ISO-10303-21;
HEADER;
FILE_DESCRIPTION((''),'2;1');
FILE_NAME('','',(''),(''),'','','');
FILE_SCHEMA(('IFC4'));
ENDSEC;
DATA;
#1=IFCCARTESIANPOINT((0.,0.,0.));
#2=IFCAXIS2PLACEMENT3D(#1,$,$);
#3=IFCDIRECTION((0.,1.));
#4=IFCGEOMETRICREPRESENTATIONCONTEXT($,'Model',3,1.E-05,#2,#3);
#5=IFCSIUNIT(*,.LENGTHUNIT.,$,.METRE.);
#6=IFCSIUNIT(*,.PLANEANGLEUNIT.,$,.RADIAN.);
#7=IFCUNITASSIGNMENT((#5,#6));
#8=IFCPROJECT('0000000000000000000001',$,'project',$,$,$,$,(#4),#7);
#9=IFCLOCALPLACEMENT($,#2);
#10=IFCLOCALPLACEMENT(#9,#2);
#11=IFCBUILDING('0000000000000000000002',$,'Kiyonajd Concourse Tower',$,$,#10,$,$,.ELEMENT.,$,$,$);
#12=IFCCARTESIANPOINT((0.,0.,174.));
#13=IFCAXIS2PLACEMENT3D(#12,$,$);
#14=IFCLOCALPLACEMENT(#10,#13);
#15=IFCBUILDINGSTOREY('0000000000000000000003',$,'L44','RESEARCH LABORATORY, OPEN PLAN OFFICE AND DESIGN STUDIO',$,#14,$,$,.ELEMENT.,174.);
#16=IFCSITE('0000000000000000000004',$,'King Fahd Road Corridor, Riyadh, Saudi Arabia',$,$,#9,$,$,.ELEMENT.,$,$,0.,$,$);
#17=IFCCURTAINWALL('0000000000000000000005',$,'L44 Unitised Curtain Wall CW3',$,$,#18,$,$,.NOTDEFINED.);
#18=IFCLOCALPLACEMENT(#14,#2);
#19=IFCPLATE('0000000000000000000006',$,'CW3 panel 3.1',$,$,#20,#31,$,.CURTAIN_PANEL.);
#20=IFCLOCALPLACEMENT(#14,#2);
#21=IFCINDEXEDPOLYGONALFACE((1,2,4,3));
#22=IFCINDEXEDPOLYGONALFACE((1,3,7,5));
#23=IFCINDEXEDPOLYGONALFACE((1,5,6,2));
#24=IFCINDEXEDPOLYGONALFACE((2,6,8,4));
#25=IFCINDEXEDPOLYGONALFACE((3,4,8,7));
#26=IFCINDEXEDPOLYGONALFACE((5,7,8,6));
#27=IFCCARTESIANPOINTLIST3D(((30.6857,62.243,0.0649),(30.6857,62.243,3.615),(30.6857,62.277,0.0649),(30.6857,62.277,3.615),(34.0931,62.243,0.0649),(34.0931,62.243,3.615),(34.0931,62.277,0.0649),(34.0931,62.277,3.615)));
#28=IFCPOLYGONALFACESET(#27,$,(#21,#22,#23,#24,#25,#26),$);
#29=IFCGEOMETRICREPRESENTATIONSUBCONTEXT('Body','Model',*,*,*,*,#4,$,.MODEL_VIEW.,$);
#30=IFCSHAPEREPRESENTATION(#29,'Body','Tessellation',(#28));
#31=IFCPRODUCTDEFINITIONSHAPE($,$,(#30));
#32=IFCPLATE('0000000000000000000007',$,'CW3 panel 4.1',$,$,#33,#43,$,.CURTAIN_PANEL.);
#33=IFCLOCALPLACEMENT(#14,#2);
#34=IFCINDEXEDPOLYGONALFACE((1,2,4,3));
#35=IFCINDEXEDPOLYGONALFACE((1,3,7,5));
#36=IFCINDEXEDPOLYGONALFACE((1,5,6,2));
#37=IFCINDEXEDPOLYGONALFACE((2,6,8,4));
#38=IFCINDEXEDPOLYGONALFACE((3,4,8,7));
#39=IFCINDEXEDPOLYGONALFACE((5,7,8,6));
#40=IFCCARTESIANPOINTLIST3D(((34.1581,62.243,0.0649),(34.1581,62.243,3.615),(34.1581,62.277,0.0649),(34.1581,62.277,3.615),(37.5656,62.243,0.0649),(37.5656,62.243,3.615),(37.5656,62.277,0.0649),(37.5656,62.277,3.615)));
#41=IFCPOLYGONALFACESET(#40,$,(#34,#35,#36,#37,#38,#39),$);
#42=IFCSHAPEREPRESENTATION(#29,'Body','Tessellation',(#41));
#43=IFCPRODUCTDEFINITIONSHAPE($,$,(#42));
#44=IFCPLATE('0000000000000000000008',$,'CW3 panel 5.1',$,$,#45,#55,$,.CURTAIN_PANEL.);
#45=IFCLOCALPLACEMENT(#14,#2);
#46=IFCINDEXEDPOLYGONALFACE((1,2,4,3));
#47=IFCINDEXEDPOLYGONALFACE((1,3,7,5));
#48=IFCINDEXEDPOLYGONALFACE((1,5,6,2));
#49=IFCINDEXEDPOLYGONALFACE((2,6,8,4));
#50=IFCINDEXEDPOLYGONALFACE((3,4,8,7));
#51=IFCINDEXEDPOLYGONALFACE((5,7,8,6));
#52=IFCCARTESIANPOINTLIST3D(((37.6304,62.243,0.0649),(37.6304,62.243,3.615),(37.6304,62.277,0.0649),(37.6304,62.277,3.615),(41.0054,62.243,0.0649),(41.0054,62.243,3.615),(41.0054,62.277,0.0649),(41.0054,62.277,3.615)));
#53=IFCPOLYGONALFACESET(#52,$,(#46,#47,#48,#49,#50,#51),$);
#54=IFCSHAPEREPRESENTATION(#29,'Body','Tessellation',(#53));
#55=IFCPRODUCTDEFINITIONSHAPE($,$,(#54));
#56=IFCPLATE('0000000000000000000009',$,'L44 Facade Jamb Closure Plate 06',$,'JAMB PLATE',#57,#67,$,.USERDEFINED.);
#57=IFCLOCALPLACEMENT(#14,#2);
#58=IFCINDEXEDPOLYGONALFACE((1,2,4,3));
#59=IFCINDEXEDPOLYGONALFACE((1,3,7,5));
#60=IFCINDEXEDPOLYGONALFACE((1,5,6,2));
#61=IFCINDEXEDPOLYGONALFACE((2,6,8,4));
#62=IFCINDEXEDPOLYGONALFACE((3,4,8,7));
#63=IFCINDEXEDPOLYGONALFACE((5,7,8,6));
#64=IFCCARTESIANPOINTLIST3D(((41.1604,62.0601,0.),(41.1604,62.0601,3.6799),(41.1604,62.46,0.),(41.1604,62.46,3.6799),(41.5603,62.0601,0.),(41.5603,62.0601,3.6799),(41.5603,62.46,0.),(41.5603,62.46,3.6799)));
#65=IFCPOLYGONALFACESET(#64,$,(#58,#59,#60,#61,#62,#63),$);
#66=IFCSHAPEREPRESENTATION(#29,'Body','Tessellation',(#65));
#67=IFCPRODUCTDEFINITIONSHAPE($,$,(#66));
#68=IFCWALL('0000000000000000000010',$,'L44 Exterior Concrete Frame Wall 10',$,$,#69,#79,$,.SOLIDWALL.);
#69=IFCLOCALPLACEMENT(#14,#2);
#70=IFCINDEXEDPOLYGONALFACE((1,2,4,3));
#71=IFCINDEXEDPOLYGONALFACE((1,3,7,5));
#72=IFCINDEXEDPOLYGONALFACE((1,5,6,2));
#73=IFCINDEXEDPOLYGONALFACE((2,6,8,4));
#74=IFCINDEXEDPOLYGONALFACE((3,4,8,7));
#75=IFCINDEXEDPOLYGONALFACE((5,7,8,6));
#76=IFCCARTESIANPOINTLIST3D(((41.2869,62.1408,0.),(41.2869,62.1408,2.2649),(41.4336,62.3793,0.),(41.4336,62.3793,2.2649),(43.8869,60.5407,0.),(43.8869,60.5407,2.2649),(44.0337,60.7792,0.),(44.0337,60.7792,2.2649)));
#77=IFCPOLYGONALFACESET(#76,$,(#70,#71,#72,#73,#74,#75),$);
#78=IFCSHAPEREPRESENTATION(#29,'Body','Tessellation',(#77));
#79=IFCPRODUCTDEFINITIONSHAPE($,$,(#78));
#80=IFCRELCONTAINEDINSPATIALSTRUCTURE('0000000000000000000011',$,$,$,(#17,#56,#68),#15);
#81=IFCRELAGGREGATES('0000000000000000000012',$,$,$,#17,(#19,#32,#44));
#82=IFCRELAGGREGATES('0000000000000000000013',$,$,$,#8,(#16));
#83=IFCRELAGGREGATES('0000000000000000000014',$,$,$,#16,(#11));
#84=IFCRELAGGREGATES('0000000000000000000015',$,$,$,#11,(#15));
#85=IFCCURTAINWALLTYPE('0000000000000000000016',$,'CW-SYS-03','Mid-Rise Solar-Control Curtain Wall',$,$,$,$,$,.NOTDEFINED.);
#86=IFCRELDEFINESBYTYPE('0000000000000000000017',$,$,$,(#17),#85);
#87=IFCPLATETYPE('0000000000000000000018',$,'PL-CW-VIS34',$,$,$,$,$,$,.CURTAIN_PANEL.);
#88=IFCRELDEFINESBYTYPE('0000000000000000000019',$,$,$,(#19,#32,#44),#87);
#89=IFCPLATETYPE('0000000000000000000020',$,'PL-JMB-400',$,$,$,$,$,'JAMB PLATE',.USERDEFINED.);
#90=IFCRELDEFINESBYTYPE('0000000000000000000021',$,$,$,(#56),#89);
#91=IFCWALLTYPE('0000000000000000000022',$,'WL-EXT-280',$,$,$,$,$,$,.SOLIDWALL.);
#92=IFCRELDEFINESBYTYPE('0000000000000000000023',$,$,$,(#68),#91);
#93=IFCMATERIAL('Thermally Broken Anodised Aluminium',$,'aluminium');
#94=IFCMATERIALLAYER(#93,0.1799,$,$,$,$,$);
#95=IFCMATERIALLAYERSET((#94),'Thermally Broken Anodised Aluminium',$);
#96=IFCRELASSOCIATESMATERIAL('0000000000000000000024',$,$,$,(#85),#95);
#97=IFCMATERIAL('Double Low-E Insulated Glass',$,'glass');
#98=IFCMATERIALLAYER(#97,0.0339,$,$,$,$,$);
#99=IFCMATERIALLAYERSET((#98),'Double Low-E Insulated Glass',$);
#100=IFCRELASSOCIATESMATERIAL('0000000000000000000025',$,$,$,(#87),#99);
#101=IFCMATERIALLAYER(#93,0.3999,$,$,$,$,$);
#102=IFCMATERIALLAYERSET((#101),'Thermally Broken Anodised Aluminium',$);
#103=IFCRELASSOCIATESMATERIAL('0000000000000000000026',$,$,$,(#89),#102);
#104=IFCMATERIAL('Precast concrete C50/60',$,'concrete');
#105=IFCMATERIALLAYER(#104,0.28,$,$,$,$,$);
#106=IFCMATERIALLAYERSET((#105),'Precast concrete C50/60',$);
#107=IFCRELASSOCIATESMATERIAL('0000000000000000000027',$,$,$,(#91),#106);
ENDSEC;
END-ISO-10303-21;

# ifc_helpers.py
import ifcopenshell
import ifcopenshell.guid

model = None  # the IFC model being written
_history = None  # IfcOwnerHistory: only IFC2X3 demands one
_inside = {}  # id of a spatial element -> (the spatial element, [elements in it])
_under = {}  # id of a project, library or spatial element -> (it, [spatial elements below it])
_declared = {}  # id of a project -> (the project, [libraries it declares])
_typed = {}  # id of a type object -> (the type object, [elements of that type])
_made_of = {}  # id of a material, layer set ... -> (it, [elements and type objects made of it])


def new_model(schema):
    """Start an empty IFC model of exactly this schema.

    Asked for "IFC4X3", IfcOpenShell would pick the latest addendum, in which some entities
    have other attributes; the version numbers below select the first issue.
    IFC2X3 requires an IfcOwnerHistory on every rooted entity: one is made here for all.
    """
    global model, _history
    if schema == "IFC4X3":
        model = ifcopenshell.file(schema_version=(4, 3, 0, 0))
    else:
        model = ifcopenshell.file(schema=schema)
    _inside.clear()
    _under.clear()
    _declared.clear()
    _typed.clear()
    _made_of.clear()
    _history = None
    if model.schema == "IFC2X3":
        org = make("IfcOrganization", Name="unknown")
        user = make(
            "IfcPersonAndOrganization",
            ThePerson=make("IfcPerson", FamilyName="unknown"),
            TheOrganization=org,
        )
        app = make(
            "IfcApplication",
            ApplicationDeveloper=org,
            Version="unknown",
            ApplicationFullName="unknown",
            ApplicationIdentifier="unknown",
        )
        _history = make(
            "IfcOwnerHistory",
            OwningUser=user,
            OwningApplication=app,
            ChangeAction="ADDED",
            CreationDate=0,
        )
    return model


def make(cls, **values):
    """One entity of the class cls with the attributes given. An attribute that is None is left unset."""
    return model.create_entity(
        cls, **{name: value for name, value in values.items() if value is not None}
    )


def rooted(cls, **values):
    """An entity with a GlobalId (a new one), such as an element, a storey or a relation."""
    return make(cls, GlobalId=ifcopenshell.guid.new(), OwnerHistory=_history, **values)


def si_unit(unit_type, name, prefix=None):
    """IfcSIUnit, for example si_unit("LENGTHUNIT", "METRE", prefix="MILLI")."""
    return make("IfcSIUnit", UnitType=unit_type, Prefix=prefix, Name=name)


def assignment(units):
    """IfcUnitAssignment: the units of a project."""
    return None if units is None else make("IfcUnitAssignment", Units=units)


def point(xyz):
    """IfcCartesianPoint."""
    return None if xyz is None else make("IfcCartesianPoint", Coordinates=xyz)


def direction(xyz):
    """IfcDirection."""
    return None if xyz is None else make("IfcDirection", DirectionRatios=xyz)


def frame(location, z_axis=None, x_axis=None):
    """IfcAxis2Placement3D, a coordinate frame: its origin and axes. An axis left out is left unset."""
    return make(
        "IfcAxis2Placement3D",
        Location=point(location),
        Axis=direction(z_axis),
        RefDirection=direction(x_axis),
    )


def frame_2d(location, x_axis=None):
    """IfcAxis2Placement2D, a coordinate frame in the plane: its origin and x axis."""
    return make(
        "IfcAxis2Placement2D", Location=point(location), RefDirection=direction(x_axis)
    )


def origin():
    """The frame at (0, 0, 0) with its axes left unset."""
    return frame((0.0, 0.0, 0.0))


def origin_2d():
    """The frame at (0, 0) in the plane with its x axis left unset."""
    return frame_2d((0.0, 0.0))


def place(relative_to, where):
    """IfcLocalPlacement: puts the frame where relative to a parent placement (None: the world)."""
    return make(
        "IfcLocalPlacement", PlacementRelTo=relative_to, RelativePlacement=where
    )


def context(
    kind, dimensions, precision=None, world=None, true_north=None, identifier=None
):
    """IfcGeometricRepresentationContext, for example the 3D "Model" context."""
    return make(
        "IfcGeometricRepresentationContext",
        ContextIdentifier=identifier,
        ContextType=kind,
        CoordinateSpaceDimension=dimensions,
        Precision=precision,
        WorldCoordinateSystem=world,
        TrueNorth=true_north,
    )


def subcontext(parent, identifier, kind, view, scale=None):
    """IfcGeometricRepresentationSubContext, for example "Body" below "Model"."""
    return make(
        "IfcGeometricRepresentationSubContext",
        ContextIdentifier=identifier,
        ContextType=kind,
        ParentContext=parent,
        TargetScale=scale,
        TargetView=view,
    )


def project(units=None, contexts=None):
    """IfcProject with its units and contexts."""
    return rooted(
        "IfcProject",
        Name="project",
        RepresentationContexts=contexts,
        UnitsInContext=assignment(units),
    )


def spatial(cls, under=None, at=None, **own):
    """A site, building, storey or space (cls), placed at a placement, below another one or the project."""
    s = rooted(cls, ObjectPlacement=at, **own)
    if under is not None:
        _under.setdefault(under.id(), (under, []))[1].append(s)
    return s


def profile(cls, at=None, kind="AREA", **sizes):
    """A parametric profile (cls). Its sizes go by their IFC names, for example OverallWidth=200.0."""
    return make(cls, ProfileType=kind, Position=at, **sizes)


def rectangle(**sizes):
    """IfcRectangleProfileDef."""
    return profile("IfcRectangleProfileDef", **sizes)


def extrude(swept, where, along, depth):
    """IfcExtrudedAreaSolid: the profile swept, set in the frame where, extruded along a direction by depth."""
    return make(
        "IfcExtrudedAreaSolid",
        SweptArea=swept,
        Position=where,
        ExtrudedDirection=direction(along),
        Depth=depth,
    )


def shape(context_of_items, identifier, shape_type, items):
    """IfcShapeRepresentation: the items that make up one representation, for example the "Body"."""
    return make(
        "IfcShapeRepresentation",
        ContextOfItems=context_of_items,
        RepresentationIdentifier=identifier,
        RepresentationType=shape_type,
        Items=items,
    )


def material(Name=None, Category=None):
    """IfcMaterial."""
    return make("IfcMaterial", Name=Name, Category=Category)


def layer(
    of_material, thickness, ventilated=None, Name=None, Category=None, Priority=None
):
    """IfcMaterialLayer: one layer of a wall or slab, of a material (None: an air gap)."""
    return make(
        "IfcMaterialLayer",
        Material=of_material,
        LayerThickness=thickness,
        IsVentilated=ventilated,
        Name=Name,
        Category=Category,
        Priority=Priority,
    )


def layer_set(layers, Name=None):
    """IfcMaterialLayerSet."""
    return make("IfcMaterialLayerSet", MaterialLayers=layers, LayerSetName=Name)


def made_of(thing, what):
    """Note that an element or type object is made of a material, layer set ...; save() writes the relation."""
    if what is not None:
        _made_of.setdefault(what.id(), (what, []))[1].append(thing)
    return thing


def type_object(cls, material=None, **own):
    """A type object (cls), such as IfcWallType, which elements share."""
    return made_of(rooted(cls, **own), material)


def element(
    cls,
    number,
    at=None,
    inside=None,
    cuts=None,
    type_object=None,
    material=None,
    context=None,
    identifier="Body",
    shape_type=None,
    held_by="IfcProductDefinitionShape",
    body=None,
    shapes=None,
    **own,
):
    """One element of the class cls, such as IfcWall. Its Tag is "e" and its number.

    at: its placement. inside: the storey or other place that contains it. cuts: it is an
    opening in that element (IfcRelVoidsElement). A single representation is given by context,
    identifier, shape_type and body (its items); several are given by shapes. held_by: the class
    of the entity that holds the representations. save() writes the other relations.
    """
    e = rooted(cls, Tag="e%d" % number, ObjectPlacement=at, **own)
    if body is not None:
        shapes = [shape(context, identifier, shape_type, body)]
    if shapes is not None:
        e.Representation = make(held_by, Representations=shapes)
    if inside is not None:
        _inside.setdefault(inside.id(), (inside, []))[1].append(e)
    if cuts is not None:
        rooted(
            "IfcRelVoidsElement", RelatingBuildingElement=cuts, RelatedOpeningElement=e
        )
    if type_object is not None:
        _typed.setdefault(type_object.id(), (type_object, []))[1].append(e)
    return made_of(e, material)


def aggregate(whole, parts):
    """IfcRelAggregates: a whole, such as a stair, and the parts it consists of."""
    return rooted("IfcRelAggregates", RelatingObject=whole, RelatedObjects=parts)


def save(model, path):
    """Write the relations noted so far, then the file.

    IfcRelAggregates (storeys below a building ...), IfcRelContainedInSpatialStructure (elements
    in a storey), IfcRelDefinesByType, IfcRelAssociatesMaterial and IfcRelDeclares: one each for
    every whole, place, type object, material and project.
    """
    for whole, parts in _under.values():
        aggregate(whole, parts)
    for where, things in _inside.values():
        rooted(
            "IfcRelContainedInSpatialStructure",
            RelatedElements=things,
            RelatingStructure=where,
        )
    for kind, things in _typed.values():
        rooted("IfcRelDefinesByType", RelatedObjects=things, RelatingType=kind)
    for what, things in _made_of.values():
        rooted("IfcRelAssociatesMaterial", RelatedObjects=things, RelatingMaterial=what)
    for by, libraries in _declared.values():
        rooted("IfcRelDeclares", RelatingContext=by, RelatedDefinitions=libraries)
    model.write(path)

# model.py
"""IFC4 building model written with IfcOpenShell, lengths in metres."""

from ifc_helpers import new_model, si_unit, direction, frame, frame_2d, origin, origin_2d, place, context, subcontext, project, spatial, rectangle, extrude, material, layer, layer_set, type_object, element, aggregate, save


model = new_model("IFC4")

# Units and contexts
model_context = context("Model", 3, precision=1e-05, world=origin(), true_north=direction((0.0, 1.0)))
body_context = subcontext(model_context, "Body", "Model", "MODEL_VIEW")
ifc_project = project(units=[si_unit("LENGTHUNIT", "METRE"), si_unit("PLANEANGLEUNIT", "RADIAN")], contexts=[model_context])

# Site, building, storey
site_placement = place(None, origin())
site = spatial("IfcSite", under=ifc_project, at=site_placement, Name="King Fahd Road Corridor, Riyadh, Saudi Arabia", CompositionType="ELEMENT", RefElevation=0.0)
building_placement = place(site_placement, origin())
building = spatial("IfcBuilding", under=site, at=building_placement, Name="Kiyonajd Concourse Tower", CompositionType="ELEMENT")
storey_placement = place(building_placement, frame((0.0, 0.0, 174.0)))
storey = spatial("IfcBuildingStorey", under=building, at=storey_placement, Name="L44", Description="RESEARCH LABORATORY, OPEN PLAN OFFICE AND DESIGN STUDIO", CompositionType="ELEMENT", Elevation=174.0)

# Curtain wall
ifc_material_1 = material(Name="Thermally Broken Anodised Aluminium", Category="aluminium")
ifc_layer_1 = layer(ifc_material_1, 0.1799)
ifc_layer_set_1 = layer_set([ifc_layer_1], Name="Thermally Broken Anodised Aluminium")
curtain_wall_type = type_object("IfcCurtainWallType", Name="CW-SYS-03", Description="Mid-Rise Solar-Control Curtain Wall", PredefinedType="NOTDEFINED", material=ifc_layer_set_1)
curtain_wall_placement = place(storey_placement, origin())
curtain_wall = element("IfcCurtainWall", 1, at=curtain_wall_placement, inside=storey, type_object=curtain_wall_type, Name="L44 Unitised Curtain Wall CW3", PredefinedType="NOTDEFINED")

# Plates
ifc_material_2 = material(Name="Double Low-E Insulated Glass", Category="glass")
ifc_layer_2 = layer(ifc_material_2, 0.0339)
ifc_layer_set_2 = layer_set([ifc_layer_2], Name="Double Low-E Insulated Glass")
plate_type_1 = type_object("IfcPlateType", Name="PL-CW-VIS34", PredefinedType="CURTAIN_PANEL", material=ifc_layer_set_2)
plate_1_placement = place(storey_placement, frame((32.3894, 62.26, 0.0649), z_axis=(0.0, 0.0, 1.0), x_axis=(1.0, 0.0, 0.0)))
plate_1 = element("IfcPlate", 2, at=plate_1_placement, type_object=plate_type_1, Name="CW3 panel 3.1", PredefinedType="CURTAIN_PANEL", context=body_context, shape_type="SweptSolid", body=[
    extrude(rectangle(XDim=3.4075, YDim=0.0339, at=origin_2d()), origin(), (0.0, 0.0, 1.0), 3.55),
])
plate_2_placement = place(storey_placement, frame((35.8618, 62.26, 0.0649), z_axis=(0.0, 0.0, 1.0), x_axis=(1.0, 0.0, 0.0)))
plate_2 = element("IfcPlate", 3, at=plate_2_placement, type_object=plate_type_1, Name="CW3 panel 4.1", PredefinedType="CURTAIN_PANEL", context=body_context, shape_type="SweptSolid", body=[
    extrude(rectangle(XDim=3.4075, YDim=0.0339, at=origin_2d()), origin(), (0.0, 0.0, 1.0), 3.55),
])
plate_3_placement = place(storey_placement, frame((39.3179, 62.26, 0.0649), z_axis=(0.0, 0.0, 1.0), x_axis=(1.0, 0.0, 0.0)))
plate_3 = element("IfcPlate", 4, at=plate_3_placement, type_object=plate_type_1, Name="CW3 panel 5.1", PredefinedType="CURTAIN_PANEL", context=body_context, shape_type="SweptSolid", body=[
    extrude(rectangle(XDim=3.375, YDim=0.0339, at=origin_2d()), origin(), (0.0, 0.0, 1.0), 3.55),
])
aggregate(curtain_wall, [plate_1, plate_2, plate_3])
ifc_layer_3 = layer(ifc_material_1, 0.3999)
ifc_layer_set_3 = layer_set([ifc_layer_3], Name="Thermally Broken Anodised Aluminium")
plate_type_2 = type_object("IfcPlateType", Name="PL-JMB-400", ElementType="JAMB PLATE", PredefinedType="USERDEFINED", material=ifc_layer_set_3)
plate_4_placement = place(storey_placement, frame((41.3604, 62.26, 0.0), z_axis=(0.0, 0.0, 1.0), x_axis=(1.0, 0.0, 0.0)))
element("IfcPlate", 5, at=plate_4_placement, inside=storey, type_object=plate_type_2, Name="L44 Facade Jamb Closure Plate 06", ObjectType="JAMB PLATE", PredefinedType="USERDEFINED", context=body_context, shape_type="SweptSolid", body=[
    extrude(rectangle(XDim=0.3999, YDim=0.3999, at=origin_2d()), origin(), (0.0, 0.0, 1.0), 3.6799),
])

# Wall
ifc_material_3 = material(Name="Precast concrete C50/60", Category="concrete")
ifc_layer_4 = layer(ifc_material_3, 0.28)
ifc_layer_set_4 = layer_set([ifc_layer_4], Name="Precast concrete C50/60")
wall_type = type_object("IfcWallType", Name="WL-EXT-280", PredefinedType="SOLIDWALL", material=ifc_layer_set_4)
wall_placement = place(storey_placement, frame((41.3604, 62.26, 0.0), z_axis=(0.0, 0.0, 1.0), x_axis=(0.851653, -0.524106, 0.0)))
element("IfcWall", 6, at=wall_placement, inside=storey, type_object=wall_type, Name="L44 Exterior Concrete Frame Wall 10", PredefinedType="SOLIDWALL", context=body_context, shape_type="SweptSolid", body=[
    extrude(rectangle(XDim=3.053, YDim=0.28, at=frame_2d((1.5264, 0.0))), origin(), (0.0, 0.0, 1.0), 2.2649),
])

save(model, "model.ifc")
